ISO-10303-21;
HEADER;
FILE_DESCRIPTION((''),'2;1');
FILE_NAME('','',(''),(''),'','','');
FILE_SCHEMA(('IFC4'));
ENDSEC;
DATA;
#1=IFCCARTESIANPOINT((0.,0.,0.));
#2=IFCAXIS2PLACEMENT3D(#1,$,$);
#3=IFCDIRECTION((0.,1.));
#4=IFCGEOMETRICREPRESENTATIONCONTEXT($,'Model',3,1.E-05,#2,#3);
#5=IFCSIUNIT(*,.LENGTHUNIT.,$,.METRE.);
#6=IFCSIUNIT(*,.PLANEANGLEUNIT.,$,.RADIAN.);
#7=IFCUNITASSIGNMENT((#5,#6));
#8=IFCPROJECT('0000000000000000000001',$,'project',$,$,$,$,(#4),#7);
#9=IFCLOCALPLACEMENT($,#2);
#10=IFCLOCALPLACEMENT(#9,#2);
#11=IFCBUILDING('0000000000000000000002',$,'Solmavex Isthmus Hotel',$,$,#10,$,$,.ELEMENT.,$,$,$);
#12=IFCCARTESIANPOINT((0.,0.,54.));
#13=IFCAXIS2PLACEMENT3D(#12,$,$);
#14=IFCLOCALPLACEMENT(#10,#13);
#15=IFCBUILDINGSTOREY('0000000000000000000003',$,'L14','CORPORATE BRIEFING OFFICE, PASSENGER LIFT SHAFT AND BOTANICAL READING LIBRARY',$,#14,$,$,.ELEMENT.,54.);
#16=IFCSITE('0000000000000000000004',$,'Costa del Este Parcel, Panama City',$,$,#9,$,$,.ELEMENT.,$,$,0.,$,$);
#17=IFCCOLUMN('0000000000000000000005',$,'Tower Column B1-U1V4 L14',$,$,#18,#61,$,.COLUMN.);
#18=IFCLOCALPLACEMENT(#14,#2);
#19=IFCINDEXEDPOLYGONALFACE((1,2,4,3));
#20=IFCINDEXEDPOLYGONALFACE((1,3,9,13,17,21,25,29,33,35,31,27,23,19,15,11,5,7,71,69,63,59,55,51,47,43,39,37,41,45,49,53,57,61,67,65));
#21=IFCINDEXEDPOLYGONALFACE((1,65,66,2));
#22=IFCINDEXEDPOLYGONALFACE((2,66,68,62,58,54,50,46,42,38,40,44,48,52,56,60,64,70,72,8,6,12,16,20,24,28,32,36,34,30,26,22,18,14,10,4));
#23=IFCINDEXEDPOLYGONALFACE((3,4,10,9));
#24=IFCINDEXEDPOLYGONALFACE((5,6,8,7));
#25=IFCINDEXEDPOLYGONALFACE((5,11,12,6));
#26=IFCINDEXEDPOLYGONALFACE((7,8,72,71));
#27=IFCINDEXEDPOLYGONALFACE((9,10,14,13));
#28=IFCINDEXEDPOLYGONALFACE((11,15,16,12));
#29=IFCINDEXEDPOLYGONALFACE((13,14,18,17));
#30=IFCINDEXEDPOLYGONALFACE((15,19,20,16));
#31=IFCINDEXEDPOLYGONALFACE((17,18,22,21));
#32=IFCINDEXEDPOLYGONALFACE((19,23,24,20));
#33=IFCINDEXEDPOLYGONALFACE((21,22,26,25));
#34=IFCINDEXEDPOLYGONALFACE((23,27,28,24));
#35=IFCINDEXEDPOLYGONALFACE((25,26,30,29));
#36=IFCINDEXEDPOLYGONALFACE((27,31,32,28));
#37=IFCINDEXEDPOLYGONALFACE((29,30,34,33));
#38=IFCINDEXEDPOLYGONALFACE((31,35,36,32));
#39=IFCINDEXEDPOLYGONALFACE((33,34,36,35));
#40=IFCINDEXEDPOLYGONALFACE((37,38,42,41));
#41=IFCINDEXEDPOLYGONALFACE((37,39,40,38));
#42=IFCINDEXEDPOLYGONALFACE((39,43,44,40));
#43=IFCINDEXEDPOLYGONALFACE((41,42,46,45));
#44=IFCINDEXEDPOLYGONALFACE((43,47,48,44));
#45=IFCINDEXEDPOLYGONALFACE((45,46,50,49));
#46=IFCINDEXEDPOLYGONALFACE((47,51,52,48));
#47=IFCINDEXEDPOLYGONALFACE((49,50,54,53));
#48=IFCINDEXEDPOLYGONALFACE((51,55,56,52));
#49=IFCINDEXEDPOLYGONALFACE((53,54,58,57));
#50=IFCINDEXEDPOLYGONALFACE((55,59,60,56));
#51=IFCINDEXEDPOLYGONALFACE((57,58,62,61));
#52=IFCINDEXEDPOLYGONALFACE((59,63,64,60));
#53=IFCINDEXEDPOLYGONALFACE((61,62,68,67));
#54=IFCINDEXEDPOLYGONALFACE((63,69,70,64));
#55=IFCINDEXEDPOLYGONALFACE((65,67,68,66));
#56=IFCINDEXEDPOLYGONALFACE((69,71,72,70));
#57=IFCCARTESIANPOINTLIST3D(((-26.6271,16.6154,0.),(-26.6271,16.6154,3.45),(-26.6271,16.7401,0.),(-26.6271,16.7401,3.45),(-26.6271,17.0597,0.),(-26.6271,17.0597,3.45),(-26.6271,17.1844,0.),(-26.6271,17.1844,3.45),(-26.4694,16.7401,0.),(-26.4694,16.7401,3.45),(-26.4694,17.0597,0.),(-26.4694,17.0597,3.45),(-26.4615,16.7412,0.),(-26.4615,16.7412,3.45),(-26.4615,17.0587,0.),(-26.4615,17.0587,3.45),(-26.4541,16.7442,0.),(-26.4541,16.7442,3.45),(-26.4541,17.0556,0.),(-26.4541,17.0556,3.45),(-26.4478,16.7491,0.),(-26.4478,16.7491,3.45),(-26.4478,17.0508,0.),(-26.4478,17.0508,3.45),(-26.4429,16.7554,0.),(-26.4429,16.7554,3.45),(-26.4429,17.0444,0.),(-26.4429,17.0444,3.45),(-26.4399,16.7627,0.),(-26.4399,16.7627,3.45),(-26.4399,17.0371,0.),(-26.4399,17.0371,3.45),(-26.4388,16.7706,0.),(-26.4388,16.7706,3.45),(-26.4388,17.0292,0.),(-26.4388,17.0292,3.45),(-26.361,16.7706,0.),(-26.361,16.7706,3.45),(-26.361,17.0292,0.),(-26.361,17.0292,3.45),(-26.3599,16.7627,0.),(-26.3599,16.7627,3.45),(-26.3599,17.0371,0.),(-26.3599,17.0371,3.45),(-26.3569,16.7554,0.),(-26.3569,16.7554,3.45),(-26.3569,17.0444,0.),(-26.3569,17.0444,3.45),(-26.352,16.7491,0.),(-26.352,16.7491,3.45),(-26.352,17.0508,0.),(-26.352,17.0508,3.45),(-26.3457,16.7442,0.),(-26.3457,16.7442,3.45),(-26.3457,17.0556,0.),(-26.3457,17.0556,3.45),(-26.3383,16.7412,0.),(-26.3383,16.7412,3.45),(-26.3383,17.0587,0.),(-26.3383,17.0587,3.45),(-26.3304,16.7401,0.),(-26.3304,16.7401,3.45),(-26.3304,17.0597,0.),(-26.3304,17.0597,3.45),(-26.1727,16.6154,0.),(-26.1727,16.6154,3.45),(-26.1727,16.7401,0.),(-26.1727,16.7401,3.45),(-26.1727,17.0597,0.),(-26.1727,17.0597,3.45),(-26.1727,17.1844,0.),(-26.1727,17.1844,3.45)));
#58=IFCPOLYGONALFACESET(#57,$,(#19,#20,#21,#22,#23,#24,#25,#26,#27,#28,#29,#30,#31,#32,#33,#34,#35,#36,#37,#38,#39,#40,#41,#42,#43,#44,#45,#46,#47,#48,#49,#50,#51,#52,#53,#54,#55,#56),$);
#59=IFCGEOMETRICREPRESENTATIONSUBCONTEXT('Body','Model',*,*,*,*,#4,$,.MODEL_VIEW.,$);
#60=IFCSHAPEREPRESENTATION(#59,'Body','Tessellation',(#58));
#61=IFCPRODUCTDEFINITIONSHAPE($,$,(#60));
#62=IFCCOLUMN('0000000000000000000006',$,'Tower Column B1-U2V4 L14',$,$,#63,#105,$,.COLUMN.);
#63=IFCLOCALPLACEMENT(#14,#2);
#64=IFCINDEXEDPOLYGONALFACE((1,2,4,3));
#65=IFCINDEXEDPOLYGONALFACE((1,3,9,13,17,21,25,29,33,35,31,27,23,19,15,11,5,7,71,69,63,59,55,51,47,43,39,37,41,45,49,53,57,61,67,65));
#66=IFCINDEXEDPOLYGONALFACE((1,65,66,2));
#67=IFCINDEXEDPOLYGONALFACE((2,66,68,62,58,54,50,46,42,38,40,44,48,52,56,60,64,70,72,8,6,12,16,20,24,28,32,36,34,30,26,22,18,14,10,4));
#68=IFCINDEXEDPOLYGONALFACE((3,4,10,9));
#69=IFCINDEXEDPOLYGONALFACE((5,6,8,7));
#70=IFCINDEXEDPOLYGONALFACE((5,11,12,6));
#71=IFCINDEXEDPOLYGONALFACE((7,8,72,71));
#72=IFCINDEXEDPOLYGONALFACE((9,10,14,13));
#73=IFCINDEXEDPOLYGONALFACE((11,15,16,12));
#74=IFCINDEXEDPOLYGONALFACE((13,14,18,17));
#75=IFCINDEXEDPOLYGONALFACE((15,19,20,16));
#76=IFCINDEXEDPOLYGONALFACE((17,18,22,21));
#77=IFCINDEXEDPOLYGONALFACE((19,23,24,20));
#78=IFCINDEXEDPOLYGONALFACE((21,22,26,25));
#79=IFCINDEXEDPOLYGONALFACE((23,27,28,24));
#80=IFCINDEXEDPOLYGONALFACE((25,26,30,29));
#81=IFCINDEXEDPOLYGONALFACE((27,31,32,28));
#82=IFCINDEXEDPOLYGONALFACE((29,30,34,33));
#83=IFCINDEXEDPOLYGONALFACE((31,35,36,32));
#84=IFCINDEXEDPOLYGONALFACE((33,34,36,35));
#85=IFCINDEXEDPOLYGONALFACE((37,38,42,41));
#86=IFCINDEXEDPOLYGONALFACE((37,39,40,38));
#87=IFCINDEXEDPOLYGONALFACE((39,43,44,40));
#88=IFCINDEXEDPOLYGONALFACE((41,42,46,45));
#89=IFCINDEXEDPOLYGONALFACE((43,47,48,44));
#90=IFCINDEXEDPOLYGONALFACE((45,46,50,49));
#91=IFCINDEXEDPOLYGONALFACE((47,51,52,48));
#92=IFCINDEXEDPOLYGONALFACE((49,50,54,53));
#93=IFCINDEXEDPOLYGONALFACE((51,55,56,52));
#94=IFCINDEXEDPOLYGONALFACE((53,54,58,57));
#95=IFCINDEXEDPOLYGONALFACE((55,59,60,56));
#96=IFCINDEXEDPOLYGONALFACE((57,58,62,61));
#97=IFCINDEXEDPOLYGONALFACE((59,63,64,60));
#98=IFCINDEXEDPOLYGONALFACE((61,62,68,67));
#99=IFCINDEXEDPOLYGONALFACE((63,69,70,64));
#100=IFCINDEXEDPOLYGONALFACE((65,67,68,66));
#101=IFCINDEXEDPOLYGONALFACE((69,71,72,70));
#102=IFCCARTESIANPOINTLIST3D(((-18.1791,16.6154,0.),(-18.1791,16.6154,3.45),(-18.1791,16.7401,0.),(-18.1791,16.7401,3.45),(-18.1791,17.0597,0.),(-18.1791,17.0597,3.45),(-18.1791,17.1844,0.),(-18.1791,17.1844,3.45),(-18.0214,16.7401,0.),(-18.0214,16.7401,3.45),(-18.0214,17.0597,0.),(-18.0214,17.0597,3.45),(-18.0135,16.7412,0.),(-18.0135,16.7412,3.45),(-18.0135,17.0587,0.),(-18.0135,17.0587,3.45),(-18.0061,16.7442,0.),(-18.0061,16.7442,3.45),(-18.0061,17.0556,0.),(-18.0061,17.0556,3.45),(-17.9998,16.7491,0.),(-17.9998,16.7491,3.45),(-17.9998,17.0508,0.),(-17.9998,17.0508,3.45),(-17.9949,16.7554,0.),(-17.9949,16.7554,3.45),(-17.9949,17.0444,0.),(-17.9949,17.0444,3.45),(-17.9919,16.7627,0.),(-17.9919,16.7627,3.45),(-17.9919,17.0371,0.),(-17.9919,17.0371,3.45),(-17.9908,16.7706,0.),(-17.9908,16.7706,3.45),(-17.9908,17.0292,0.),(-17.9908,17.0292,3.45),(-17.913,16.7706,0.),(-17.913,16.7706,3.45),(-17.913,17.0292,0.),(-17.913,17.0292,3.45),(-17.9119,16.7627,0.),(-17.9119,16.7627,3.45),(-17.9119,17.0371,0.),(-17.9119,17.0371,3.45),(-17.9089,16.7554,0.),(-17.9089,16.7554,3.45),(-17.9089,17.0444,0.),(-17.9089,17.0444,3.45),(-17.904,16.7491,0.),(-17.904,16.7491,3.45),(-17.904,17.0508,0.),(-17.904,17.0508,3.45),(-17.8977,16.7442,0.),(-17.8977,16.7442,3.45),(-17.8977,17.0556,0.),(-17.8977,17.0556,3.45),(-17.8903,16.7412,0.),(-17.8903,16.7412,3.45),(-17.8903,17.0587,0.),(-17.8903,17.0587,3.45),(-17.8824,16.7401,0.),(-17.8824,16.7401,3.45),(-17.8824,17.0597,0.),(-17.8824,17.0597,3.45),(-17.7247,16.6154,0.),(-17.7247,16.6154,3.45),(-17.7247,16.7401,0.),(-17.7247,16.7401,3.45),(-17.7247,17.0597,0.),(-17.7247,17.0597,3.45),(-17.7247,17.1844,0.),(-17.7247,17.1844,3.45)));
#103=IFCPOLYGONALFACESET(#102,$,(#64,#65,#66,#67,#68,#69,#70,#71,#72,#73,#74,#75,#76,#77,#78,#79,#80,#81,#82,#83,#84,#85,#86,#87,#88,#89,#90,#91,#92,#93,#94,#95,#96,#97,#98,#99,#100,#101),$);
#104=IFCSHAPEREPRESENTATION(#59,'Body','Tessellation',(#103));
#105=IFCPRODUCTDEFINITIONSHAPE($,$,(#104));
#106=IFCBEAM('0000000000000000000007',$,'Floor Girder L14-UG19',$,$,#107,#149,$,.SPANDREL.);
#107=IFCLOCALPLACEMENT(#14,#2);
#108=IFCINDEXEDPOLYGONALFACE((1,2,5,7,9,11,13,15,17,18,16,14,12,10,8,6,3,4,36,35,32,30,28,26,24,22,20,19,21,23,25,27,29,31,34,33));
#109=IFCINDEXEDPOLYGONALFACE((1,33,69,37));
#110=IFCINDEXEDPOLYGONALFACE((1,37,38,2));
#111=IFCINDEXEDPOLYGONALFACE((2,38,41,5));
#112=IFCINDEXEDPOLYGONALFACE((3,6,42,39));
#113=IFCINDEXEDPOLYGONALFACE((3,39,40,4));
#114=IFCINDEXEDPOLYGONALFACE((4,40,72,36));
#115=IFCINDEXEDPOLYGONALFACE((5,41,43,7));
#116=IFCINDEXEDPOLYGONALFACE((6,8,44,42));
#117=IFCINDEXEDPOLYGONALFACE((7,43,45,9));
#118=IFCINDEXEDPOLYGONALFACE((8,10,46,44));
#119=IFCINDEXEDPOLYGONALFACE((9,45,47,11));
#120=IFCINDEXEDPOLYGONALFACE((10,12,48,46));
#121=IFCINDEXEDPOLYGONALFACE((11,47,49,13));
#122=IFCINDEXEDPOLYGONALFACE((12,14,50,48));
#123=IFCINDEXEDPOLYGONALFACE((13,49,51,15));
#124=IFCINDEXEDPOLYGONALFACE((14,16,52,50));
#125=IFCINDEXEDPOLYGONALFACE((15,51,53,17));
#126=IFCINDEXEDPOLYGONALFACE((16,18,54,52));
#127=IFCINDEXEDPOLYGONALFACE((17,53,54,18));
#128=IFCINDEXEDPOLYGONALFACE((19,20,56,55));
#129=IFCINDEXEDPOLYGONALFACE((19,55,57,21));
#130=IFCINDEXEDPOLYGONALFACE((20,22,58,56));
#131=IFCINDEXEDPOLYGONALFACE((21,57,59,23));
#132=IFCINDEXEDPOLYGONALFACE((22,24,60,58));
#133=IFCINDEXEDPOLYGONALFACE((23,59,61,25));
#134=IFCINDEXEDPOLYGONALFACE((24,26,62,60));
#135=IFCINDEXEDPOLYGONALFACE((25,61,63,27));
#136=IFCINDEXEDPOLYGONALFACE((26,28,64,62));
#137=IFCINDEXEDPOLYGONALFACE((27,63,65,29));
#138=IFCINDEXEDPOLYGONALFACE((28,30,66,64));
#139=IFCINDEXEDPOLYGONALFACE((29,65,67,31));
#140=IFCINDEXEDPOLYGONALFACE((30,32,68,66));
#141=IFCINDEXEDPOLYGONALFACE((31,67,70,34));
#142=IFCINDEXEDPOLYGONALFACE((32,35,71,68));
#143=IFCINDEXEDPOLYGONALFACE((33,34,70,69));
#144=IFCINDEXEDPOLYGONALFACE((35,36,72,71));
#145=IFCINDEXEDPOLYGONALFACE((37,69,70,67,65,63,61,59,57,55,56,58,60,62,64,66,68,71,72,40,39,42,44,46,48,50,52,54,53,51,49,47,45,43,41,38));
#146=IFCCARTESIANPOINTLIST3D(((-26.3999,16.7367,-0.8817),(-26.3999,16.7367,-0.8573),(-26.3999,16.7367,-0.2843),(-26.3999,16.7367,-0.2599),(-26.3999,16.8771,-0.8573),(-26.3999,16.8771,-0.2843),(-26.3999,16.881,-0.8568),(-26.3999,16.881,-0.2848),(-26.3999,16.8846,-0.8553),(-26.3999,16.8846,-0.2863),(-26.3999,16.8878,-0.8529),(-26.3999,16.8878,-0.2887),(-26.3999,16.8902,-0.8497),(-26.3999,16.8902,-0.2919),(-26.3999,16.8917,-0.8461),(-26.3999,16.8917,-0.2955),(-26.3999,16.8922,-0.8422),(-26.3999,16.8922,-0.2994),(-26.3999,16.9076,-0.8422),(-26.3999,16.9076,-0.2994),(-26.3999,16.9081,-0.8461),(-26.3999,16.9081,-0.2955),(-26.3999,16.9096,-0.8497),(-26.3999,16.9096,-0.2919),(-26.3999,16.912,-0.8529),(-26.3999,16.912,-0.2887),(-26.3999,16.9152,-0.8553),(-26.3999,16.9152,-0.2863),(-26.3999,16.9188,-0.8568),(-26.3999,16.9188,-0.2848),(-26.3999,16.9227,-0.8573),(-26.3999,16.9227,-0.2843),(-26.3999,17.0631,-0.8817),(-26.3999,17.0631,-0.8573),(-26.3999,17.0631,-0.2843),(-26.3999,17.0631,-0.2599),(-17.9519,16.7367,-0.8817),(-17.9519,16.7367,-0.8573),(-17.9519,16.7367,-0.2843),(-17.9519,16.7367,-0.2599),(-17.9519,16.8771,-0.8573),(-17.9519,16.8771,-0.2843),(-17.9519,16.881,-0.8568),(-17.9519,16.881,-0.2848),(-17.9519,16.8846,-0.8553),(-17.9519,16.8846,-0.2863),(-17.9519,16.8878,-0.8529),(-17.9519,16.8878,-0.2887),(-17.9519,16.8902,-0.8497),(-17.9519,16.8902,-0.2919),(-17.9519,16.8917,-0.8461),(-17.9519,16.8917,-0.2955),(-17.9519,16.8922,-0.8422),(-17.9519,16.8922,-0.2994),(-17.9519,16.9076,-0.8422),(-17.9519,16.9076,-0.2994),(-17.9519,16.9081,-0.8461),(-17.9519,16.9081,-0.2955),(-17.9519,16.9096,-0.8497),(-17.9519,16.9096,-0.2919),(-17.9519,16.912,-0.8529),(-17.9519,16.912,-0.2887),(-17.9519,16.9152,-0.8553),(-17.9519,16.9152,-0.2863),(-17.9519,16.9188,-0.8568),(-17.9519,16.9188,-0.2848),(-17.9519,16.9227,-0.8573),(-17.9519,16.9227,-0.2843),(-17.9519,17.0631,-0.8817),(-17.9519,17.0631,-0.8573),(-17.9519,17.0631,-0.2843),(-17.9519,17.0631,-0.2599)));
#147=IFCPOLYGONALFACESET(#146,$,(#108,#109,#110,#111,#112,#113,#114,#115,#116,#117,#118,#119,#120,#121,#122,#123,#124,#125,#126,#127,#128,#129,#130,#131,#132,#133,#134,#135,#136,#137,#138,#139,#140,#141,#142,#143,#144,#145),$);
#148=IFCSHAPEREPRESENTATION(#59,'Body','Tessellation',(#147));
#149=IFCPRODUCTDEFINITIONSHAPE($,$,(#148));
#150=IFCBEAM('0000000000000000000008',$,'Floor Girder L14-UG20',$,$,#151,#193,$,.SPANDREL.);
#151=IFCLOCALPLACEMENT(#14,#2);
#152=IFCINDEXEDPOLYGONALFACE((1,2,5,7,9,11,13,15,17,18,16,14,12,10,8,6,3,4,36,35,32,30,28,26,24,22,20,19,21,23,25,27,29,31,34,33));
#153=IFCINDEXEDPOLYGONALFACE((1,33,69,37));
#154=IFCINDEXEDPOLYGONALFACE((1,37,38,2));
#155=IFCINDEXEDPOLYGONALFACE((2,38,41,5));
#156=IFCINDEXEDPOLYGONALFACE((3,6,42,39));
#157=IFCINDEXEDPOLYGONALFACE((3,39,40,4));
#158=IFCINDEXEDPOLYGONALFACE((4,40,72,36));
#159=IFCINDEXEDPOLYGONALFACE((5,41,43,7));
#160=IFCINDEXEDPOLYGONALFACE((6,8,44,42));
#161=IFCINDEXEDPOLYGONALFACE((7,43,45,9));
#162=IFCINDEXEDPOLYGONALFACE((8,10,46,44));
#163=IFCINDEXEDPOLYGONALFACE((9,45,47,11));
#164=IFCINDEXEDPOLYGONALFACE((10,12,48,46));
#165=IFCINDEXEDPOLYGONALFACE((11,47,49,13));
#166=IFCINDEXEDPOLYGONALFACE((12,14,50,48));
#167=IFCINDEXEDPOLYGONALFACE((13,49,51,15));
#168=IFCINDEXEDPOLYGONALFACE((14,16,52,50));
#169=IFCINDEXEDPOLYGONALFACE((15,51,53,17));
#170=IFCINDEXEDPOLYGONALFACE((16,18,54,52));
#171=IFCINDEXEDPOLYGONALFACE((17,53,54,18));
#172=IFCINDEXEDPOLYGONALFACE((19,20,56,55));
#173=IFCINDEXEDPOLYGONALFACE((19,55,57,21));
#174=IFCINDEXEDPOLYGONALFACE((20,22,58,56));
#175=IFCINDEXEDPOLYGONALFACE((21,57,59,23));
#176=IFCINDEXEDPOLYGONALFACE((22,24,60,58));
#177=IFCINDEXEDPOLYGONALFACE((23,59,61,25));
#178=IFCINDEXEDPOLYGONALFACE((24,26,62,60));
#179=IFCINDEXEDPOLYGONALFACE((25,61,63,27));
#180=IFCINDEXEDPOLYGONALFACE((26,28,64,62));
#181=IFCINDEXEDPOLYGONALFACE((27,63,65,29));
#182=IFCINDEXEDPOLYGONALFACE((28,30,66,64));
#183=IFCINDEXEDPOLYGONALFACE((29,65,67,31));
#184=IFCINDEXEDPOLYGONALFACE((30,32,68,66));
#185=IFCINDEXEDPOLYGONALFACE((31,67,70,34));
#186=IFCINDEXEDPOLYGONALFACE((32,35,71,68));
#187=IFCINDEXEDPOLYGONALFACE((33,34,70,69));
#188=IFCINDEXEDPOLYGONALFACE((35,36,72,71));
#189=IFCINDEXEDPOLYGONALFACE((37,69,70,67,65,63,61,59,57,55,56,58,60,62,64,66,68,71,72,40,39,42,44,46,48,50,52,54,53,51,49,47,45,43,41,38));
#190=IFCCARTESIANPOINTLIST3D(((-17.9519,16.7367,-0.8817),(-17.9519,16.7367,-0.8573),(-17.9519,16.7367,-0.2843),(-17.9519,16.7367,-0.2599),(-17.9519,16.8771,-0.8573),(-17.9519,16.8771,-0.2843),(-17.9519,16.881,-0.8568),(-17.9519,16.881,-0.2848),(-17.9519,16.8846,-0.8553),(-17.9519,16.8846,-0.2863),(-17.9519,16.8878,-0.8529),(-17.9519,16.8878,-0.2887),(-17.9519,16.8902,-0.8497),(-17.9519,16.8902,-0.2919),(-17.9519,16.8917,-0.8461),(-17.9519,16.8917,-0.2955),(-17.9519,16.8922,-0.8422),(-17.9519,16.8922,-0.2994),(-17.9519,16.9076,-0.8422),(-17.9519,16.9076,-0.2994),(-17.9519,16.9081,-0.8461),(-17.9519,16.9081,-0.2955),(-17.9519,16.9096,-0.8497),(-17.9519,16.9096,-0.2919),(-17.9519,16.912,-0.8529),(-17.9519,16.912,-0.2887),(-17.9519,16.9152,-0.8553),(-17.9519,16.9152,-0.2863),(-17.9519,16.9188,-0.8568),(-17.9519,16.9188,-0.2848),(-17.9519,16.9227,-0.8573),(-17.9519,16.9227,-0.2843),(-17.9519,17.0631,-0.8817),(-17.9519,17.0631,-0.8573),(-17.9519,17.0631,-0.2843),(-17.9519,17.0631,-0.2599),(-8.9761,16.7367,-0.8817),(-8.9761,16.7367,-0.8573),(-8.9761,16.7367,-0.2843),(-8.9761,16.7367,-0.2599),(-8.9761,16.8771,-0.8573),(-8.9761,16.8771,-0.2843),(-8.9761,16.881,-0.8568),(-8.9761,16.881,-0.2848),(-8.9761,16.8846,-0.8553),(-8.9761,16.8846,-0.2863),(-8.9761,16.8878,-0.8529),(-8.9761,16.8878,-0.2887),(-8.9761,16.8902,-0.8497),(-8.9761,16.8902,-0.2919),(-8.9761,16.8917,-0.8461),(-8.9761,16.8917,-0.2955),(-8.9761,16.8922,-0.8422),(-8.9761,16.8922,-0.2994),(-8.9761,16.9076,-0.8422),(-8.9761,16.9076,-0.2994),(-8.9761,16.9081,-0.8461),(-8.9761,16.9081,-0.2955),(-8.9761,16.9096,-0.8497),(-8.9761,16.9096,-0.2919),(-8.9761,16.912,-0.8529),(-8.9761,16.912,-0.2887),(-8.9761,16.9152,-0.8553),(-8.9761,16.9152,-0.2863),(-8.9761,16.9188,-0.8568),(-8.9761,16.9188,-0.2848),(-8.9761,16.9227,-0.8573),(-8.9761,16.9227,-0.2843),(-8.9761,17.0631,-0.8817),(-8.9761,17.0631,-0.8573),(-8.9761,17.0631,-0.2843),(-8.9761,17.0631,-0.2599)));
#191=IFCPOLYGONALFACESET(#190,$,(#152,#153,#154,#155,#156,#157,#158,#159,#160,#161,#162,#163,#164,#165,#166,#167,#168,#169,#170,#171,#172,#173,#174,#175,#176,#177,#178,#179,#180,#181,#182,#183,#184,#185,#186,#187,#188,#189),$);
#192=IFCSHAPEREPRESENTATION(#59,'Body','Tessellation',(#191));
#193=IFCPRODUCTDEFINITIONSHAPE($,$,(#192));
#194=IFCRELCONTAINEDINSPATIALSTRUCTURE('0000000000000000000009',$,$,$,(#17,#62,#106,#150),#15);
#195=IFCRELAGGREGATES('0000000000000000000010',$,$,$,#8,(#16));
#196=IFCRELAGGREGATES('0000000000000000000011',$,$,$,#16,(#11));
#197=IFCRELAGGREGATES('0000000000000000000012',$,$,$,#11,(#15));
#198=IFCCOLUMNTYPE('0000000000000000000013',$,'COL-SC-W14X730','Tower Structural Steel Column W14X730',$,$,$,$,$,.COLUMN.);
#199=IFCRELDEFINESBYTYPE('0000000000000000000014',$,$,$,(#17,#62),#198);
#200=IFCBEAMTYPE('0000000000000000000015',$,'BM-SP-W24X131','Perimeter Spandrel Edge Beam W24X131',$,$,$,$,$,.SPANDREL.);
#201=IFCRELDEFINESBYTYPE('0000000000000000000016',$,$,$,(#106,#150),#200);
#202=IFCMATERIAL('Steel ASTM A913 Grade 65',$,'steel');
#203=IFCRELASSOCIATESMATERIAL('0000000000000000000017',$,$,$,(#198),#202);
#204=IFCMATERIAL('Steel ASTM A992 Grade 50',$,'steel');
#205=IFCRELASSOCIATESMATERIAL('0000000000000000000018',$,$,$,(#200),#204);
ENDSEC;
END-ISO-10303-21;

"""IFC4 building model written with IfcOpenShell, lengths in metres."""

from ifc_helpers import new_model, si_unit, direction, frame, origin, origin_2d, place, context, subcontext, project, spatial, i_section, extrude, material, material_profile, profile_set, type_object, element, save


model = new_model("IFC4")

# Units and contexts
model_context = context("Model", 3, precision=1e-05, world=origin(), true_north=direction((0.0, 1.0)))
body_context = subcontext(model_context, "Body", "Model", "MODEL_VIEW")
ifc_project = project(units=[si_unit("LENGTHUNIT", "METRE"), si_unit("PLANEANGLEUNIT", "RADIAN")], contexts=[model_context])

# Site, building, storey
site_placement = place(None, origin())
site = spatial("IfcSite", under=ifc_project, at=site_placement, Name="Costa del Este Parcel, Panama City", CompositionType="ELEMENT", RefElevation=0.0)
building_placement = place(site_placement, origin())
building = spatial("IfcBuilding", under=site, at=building_placement, Name="Solmavex Isthmus Hotel", CompositionType="ELEMENT")
storey_placement = place(building_placement, frame((0.0, 0.0, 54.0)))
storey = spatial("IfcBuildingStorey", under=building, at=storey_placement, Name="L14", Description="CORPORATE BRIEFING OFFICE, PASSENGER LIFT SHAFT AND BOTANICAL READING LIBRARY", CompositionType="ELEMENT", Elevation=54.0)

# Columns
ifc_material_1 = material(Name="Steel ASTM A913 Grade 65", Category="steel")
ifc_material_profile_1 = material_profile(ifc_material_1, i_section(OverallWidth=0.4543, OverallDepth=0.5691, WebThickness=0.0779, FlangeThickness=0.1248, FilletRadius=0.0305, at=origin_2d()), Name="W14X730")
ifc_profile_set_1 = profile_set([ifc_material_profile_1], Name="Steel ASTM A913 Grade 65")
column_type = type_object("IfcColumnType", Name="COL-SC-W14X730", Description="Tower Structural Steel Column W14X730", PredefinedType="COLUMN", material=ifc_profile_set_1)
for number, where, z_axis, x_axis, name in (
    (1, (-26.3999, 16.8999, 0.0), (0.0, 0.0, 1.0), (1.0, 0.0, 0.0), "Tower Column B1-U1V4 L14"),
    (2, (-17.9519, 16.8999, 0.0), (0.0, 0.0, 1.0), (1.0, 0.0, 0.0), "Tower Column B1-U2V4 L14"),
):
    element("IfcColumn", number, at=place(storey_placement, frame(where, z_axis=z_axis, x_axis=x_axis)), inside=storey, type_object=column_type, Name=name, PredefinedType="COLUMN", context=body_context, shape_type="SweptSolid", body=[
        extrude(i_section(OverallWidth=0.4543, OverallDepth=0.5691, WebThickness=0.0779, FlangeThickness=0.1248, FilletRadius=0.0305, at=origin_2d()), origin(), (0.0, 0.0, 1.0), 3.45),
    ])

# Beams
ifc_material_2 = material(Name="Steel ASTM A992 Grade 50", Category="steel")
ifc_material_profile_2 = material_profile(ifc_material_2, i_section(OverallWidth=0.3264, OverallDepth=0.6218, WebThickness=0.0154, FlangeThickness=0.0244, FilletRadius=0.0151, at=origin_2d()), Name="W24X131")
ifc_profile_set_2 = profile_set([ifc_material_profile_2], Name="Steel ASTM A992 Grade 50")
beam_type = type_object("IfcBeamType", Name="BM-SP-W24X131", Description="Perimeter Spandrel Edge Beam W24X131", PredefinedType="SPANDREL", material=ifc_profile_set_2)
beam_1_placement = place(storey_placement, frame((-26.3999, 16.8999, -0.5708), z_axis=(1.0, 0.0, 0.0), x_axis=(0.0, 1.0, 0.0)))
element("IfcBeam", 3, at=beam_1_placement, inside=storey, type_object=beam_type, Name="Floor Girder L14-UG19", PredefinedType="SPANDREL", context=body_context, shape_type="SweptSolid", body=[
    extrude(i_section(OverallWidth=0.3264, OverallDepth=0.6218, WebThickness=0.0154, FlangeThickness=0.0244, FilletRadius=0.0151, at=origin_2d()), origin(), (0.0, 0.0, 1.0), 8.448),
])
beam_2_placement = place(storey_placement, frame((-17.9519, 16.8999, -0.5708), z_axis=(1.0, 0.0, 0.0), x_axis=(0.0, 1.0, 0.0)))
element("IfcBeam", 4, at=beam_2_placement, inside=storey, type_object=beam_type, Name="Floor Girder L14-UG20", PredefinedType="SPANDREL", context=body_context, shape_type="SweptSolid", body=[
    extrude(i_section(OverallWidth=0.3264, OverallDepth=0.6218, WebThickness=0.0154, FlangeThickness=0.0244, FilletRadius=0.0151, at=origin_2d()), origin(), (0.0, 0.0, 1.0), 8.9758),
])

save(model, "model.ifc")
